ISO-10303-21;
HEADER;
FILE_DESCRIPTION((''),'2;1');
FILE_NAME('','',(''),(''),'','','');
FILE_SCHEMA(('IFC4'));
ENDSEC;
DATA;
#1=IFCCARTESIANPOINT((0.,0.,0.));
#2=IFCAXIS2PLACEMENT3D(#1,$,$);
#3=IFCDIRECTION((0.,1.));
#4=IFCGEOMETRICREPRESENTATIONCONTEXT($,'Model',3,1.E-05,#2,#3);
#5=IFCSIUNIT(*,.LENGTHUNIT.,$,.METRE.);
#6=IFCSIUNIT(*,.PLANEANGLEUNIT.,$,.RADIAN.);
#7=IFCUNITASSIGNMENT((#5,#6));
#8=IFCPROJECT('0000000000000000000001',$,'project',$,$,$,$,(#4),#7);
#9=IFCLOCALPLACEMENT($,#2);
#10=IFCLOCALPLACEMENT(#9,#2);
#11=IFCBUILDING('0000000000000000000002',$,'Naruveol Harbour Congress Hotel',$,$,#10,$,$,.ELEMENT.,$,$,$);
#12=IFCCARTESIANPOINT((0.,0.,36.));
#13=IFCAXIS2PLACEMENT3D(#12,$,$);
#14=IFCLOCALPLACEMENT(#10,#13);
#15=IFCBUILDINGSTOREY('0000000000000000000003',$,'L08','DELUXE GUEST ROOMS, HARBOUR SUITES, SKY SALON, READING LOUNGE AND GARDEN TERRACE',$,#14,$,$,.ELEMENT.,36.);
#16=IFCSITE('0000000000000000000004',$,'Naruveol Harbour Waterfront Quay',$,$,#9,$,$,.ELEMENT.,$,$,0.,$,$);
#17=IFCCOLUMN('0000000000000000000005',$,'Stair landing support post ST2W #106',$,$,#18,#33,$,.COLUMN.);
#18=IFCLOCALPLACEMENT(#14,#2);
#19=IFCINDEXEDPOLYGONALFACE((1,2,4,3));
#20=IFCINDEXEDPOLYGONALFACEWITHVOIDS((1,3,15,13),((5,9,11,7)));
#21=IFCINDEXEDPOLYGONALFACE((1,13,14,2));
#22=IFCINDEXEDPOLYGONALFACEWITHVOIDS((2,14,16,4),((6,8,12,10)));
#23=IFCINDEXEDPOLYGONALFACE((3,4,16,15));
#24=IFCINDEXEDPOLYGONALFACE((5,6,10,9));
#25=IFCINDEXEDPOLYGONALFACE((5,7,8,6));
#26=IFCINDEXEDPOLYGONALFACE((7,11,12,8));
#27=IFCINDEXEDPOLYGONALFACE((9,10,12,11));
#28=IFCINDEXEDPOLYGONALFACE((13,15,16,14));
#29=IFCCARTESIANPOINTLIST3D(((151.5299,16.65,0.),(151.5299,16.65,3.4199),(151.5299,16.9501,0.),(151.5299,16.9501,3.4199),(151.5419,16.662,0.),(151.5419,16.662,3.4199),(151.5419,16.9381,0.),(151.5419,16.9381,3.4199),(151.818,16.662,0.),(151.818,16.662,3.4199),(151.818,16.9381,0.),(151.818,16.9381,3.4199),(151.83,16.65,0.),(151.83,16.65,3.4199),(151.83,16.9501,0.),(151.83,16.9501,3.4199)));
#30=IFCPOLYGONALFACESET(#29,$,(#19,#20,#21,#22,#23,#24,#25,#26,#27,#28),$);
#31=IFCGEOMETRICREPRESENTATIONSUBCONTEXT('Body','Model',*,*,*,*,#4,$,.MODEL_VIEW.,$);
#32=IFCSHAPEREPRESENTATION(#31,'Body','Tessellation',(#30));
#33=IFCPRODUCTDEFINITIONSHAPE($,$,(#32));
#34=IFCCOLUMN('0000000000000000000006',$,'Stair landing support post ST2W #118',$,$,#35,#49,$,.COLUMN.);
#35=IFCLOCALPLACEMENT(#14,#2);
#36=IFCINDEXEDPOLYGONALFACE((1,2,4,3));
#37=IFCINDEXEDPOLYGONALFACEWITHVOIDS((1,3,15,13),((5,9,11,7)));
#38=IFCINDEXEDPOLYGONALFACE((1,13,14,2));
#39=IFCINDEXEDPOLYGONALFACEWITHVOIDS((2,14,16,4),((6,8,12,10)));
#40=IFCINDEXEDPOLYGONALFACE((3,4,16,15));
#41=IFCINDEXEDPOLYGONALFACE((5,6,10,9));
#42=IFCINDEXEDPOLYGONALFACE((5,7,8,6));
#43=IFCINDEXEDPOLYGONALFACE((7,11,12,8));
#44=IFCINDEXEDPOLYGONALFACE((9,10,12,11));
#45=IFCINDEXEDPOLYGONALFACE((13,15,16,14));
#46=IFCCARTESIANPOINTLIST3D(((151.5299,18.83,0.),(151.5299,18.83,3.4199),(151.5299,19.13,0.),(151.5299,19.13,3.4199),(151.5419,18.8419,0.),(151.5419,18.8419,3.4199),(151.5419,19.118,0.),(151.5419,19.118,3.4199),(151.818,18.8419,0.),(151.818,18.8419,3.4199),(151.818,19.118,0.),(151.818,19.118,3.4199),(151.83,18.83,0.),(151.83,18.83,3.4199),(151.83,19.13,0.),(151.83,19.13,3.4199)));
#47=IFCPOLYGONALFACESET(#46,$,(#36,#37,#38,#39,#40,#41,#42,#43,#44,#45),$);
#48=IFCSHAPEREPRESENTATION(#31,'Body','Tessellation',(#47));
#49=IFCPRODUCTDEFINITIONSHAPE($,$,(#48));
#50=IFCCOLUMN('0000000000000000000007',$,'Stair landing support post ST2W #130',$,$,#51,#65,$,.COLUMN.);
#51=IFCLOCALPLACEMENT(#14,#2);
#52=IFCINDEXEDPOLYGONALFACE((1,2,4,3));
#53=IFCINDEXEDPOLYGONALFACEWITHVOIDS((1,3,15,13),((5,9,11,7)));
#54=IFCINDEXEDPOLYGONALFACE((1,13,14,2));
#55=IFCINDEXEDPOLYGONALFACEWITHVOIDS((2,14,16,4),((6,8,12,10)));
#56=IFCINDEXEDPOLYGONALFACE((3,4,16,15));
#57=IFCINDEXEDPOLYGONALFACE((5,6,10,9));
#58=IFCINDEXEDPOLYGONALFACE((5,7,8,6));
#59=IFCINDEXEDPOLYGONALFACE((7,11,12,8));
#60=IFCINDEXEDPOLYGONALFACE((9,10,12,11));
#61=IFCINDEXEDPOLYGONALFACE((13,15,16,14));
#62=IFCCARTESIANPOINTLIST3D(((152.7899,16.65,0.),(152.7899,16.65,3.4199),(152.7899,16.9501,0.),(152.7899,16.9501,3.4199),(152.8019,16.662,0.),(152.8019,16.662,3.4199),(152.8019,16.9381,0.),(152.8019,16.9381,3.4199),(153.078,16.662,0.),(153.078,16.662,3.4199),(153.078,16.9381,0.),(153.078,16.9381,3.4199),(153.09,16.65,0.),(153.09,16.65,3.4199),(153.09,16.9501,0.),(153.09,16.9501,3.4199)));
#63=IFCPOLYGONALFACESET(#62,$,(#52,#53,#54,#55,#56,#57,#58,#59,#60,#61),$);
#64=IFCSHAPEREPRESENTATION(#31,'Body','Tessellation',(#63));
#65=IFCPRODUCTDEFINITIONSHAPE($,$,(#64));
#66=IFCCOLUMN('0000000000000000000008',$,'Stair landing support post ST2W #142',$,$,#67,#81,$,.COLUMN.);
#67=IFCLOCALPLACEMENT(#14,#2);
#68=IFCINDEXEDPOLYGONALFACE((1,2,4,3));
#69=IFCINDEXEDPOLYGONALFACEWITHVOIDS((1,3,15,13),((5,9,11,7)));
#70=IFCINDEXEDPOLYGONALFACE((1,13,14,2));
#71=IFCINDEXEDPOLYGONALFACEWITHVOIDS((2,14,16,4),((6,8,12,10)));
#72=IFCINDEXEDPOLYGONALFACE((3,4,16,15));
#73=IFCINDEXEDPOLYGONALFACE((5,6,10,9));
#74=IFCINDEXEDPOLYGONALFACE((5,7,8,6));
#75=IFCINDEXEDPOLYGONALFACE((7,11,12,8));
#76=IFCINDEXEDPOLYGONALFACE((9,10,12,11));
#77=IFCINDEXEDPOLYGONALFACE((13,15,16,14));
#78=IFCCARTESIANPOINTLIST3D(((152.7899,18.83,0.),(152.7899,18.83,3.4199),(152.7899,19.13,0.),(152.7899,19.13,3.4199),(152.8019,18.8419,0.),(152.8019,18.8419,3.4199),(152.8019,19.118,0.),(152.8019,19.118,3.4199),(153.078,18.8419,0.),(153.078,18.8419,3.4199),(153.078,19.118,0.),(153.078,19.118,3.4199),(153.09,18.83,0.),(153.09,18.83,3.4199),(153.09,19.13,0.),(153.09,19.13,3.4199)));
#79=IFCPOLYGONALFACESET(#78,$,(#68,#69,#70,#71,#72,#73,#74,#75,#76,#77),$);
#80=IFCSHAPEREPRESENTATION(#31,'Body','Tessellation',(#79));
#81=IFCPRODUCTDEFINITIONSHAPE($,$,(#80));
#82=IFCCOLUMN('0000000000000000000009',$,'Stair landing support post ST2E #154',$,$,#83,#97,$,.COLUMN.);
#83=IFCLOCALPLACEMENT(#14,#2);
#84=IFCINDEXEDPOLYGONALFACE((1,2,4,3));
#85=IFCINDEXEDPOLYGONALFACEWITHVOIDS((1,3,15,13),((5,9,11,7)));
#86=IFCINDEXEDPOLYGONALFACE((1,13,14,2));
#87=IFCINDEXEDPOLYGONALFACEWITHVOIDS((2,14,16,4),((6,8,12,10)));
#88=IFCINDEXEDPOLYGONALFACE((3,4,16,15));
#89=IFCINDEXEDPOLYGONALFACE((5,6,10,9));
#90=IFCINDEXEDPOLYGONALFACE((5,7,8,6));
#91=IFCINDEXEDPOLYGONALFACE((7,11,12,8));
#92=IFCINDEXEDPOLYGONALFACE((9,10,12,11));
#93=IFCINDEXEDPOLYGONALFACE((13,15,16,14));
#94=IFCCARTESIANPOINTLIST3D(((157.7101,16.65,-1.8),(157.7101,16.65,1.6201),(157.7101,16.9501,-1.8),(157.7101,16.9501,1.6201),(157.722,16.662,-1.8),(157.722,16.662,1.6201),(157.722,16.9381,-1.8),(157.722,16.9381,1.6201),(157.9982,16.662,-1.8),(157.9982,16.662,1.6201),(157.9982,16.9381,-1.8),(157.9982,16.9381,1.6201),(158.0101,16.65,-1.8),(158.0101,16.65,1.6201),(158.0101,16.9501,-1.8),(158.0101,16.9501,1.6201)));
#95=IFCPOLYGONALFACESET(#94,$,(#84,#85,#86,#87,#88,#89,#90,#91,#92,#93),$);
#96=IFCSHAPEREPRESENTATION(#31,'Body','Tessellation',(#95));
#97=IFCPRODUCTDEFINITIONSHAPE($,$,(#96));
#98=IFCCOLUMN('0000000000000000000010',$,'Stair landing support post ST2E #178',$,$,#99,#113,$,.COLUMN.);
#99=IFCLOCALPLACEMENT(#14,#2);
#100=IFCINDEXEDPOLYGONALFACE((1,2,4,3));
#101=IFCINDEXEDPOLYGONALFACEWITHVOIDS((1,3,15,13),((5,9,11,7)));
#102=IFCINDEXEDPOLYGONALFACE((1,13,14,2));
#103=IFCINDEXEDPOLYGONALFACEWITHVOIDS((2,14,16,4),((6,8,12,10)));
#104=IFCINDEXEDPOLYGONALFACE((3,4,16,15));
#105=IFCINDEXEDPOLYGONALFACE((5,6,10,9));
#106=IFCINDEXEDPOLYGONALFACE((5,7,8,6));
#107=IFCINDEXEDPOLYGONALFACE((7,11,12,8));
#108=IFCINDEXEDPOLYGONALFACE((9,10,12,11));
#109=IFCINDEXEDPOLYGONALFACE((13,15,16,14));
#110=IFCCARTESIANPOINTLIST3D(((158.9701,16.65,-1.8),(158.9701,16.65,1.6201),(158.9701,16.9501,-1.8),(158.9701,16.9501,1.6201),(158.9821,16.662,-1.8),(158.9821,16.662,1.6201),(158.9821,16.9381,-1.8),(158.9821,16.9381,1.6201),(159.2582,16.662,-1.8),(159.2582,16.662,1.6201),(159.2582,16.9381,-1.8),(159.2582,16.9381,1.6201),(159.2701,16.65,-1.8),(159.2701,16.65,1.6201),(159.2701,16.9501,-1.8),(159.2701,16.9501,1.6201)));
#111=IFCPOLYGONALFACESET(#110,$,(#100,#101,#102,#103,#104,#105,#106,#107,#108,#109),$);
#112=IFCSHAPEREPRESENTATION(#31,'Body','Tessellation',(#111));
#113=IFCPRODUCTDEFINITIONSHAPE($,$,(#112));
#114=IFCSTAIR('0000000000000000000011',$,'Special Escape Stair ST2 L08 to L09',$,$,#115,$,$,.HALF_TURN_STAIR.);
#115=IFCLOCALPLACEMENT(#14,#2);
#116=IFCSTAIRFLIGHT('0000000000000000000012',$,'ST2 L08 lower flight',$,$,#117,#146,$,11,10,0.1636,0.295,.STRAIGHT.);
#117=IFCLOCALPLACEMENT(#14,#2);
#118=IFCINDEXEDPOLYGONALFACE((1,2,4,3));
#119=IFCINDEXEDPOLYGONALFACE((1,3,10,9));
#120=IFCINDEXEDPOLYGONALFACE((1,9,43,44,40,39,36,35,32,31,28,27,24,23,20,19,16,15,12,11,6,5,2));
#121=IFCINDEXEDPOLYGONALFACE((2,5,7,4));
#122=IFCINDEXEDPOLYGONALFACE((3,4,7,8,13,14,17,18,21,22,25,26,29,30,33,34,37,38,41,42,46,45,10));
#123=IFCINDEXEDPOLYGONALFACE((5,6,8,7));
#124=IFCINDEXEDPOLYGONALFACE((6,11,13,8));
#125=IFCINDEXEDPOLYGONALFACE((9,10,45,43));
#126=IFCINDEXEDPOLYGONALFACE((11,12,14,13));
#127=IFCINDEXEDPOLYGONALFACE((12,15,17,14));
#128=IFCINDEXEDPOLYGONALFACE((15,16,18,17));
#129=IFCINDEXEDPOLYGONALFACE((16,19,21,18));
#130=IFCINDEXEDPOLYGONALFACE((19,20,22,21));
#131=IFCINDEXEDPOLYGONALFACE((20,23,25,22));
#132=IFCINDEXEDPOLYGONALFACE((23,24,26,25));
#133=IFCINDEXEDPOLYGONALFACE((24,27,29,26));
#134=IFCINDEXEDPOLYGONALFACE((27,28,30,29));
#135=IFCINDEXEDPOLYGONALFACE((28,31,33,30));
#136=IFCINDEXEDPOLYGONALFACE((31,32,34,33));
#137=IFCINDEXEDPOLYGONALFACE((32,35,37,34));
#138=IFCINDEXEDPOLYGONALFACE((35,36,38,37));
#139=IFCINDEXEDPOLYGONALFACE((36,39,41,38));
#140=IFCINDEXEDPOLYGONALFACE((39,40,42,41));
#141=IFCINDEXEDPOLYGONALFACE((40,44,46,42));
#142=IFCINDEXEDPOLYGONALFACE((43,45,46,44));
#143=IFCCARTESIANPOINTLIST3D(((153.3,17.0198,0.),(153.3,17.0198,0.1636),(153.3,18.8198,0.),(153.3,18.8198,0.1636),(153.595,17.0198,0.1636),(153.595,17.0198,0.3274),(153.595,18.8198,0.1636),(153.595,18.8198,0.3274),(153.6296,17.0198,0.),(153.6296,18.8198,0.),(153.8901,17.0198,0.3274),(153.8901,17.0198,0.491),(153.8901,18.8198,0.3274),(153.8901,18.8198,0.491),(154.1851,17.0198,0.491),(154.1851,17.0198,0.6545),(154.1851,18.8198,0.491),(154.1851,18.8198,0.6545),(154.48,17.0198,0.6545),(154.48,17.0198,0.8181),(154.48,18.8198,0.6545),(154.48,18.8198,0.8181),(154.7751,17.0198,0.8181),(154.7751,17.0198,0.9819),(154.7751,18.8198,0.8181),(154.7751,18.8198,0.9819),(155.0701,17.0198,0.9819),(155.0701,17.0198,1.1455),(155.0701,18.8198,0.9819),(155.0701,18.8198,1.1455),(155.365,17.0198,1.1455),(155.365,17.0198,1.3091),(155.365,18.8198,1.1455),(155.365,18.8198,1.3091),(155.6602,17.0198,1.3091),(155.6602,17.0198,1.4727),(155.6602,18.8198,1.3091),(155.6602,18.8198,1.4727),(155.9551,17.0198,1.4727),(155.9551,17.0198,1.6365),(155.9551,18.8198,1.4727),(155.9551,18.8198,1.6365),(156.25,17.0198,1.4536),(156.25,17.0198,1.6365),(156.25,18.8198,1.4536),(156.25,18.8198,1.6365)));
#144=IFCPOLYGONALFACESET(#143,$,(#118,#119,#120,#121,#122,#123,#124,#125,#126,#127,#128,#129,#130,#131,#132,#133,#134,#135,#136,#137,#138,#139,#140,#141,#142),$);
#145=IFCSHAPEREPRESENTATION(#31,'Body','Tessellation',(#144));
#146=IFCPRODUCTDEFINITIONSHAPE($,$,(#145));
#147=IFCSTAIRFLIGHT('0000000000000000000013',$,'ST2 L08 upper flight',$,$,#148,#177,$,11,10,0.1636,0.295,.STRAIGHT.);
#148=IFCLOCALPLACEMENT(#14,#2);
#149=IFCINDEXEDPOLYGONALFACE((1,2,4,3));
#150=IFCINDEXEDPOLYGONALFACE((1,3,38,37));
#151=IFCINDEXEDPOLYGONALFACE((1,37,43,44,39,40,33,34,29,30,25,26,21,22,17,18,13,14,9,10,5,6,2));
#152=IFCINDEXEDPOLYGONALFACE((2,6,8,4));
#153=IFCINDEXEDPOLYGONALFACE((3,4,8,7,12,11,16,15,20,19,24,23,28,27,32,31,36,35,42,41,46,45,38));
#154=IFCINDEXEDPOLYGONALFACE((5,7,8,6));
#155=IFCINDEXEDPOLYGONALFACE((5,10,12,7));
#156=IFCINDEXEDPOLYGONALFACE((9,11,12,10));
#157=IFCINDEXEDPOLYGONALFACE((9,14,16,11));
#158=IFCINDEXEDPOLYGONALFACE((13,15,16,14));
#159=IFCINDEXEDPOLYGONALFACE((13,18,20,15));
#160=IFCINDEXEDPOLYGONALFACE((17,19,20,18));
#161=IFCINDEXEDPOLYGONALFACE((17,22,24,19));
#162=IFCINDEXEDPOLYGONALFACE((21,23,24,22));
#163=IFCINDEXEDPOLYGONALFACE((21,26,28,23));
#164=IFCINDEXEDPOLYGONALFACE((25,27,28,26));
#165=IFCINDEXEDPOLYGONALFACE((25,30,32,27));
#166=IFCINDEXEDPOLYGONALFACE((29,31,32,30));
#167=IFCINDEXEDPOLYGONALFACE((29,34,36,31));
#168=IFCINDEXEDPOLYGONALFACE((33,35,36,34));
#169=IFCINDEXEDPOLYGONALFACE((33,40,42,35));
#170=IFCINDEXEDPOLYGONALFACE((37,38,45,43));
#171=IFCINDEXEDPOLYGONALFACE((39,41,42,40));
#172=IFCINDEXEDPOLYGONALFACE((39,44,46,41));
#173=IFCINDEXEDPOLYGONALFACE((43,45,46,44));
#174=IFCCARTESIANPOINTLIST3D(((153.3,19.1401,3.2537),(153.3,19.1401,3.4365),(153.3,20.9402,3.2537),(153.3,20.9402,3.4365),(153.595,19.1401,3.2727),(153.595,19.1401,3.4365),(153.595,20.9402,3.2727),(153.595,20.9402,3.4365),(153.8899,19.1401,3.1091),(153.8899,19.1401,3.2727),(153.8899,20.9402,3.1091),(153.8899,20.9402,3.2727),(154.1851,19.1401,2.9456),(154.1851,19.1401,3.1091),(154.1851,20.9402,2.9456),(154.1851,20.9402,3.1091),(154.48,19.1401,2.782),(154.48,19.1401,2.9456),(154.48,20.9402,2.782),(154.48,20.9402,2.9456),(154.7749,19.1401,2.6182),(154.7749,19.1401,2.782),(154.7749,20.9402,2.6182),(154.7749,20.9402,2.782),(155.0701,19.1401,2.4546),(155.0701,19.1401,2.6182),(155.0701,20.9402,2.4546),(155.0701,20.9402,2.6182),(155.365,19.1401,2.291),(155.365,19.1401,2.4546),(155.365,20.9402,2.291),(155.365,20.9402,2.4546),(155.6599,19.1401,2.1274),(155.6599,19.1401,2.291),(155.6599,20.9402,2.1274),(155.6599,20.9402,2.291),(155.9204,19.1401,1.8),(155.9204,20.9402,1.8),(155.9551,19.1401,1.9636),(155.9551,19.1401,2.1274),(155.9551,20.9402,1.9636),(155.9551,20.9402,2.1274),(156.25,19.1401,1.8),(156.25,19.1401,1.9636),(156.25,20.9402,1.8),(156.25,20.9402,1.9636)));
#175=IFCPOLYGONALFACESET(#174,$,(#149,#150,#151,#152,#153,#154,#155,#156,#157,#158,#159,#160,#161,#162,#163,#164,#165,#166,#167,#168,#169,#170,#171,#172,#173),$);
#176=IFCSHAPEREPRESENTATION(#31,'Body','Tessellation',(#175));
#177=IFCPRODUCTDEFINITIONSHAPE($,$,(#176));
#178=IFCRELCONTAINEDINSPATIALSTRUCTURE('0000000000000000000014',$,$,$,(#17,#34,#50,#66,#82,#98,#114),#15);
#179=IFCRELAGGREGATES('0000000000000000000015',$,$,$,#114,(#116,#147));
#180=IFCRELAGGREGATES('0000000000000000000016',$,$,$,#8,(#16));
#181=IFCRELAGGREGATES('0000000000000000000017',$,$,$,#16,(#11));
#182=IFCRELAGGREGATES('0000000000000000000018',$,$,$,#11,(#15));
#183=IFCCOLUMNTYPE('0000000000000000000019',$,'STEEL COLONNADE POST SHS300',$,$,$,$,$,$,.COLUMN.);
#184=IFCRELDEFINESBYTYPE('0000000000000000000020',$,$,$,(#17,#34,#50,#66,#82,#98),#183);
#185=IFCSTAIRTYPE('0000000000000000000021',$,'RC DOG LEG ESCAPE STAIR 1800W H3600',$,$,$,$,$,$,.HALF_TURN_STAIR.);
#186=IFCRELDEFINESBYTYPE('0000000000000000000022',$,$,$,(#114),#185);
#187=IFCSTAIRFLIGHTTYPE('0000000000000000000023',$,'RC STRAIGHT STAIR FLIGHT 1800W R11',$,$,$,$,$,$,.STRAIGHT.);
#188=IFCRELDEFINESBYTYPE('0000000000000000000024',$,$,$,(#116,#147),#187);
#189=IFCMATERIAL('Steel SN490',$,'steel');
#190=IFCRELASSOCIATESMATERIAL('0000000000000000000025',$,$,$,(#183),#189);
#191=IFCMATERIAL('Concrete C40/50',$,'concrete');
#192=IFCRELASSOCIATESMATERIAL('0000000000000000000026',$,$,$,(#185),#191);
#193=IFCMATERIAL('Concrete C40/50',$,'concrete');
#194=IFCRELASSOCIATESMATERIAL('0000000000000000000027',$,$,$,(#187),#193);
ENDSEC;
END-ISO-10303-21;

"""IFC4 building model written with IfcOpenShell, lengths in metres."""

from ifc_helpers import new_model, si_unit, direction, frame, origin, origin_2d, place, context, subcontext, project, spatial, polyline, hollow_rectangle, outline, extrude, material, material_profile, profile_set, type_object, element, aggregate, save


model = new_model("IFC4")

# Units and contexts
model_context = context("Model", 3, precision=1e-05, world=origin(), true_north=direction((0.0, 1.0)))
body_context = subcontext(model_context, "Body", "Model", "MODEL_VIEW")
ifc_project = project(units=[si_unit("LENGTHUNIT", "METRE"), si_unit("PLANEANGLEUNIT", "RADIAN")], contexts=[model_context])

# Site, building, storey
site_placement = place(None, origin())
site = spatial("IfcSite", under=ifc_project, at=site_placement, Name="Naruveol Harbour Waterfront Quay", CompositionType="ELEMENT", RefElevation=0.0)
building_placement = place(site_placement, origin())
building = spatial("IfcBuilding", under=site, at=building_placement, Name="Naruveol Harbour Congress Hotel", CompositionType="ELEMENT")
storey_placement = place(building_placement, frame((0.0, 0.0, 36.0)))
storey = spatial("IfcBuildingStorey", under=building, at=storey_placement, Name="L08", Description="DELUXE GUEST ROOMS, HARBOUR SUITES, SKY SALON, READING LOUNGE AND GARDEN TERRACE", CompositionType="ELEMENT", Elevation=36.0)

# Columns
ifc_material_1 = material(Name="Steel SN490", Category="steel")
ifc_material_profile = material_profile(ifc_material_1, hollow_rectangle(XDim=0.3, YDim=0.3, WallThickness=0.012, at=origin_2d()), Name="SHS-300x300x12")
ifc_profile_set = profile_set([ifc_material_profile], Name="Steel SN490")
column_type = type_object("IfcColumnType", Name="STEEL COLONNADE POST SHS300", PredefinedType="COLUMN", material=ifc_profile_set)
for number, where, z_axis, x_axis, name in (
    (1, (151.6799, 16.8, 0.0), (0.0, 0.0, 1.0), (1.0, 0.0, 0.0), "Stair landing support post ST2W #106"),
    (2, (151.6799, 18.98, 0.0), (0.0, 0.0, 1.0), (1.0, 0.0, 0.0), "Stair landing support post ST2W #118"),
    (3, (152.9399, 16.8, 0.0), (0.0, 0.0, 1.0), (1.0, 0.0, 0.0), "Stair landing support post ST2W #130"),
    (4, (152.9399, 18.98, 0.0), (0.0, 0.0, 1.0), (1.0, 0.0, 0.0), "Stair landing support post ST2W #142"),
):
    element("IfcColumn", number, at=place(storey_placement, frame(where, z_axis=z_axis, x_axis=x_axis)), inside=storey, type_object=column_type, Name=name, PredefinedType="COLUMN", context=body_context, shape_type="SweptSolid", body=[
        extrude(hollow_rectangle(XDim=0.3, YDim=0.3, WallThickness=0.012, at=origin_2d()), origin(), (0.0, 0.0, 1.0), 3.4199),
    ])
for number, where, z_axis, x_axis, name in (
    (5, (157.8601, 16.8, -1.8), (0.0, 0.0, 1.0), (1.0, 0.0, 0.0), "Stair landing support post ST2E #154"),
    (6, (159.1201, 16.8, -1.8), (0.0, 0.0, 1.0), (1.0, 0.0, 0.0), "Stair landing support post ST2E #178"),
):
    element("IfcColumn", number, at=place(storey_placement, frame(where, z_axis=z_axis, x_axis=x_axis)), inside=storey, type_object=column_type, Name=name, PredefinedType="COLUMN", context=body_context, shape_type="SweptSolid", body=[
        extrude(hollow_rectangle(XDim=0.3, YDim=0.3, WallThickness=0.012, at=origin_2d()), origin(), (0.0, 0.0, 1.0), 3.4202),
    ])

# Stair, stair flights
ifc_material_2 = material(Name="Concrete C40/50", Category="concrete")
stair_type = type_object("IfcStairType", Name="RC DOG LEG ESCAPE STAIR 1800W H3600", PredefinedType="HALF_TURN_STAIR", material=ifc_material_2)
stair_placement = place(storey_placement, origin())
stair = element("IfcStair", 7, at=stair_placement, inside=storey, type_object=stair_type, Name="Special Escape Stair ST2 L08 to L09", PredefinedType="HALF_TURN_STAIR")
ifc_material_3 = material(Name="Concrete C40/50", Category="concrete")
stair_flight_type = type_object("IfcStairFlightType", Name="RC STRAIGHT STAIR FLIGHT 1800W R11", PredefinedType="STRAIGHT", material=ifc_material_3)
stair_flight_1_placement = place(storey_placement, frame((153.3, 17.9199, 0.0), z_axis=(0.0, 0.0, 1.0), x_axis=(1.0, 0.0, 0.0)))
stair_flight_1 = element("IfcStairFlight", 8, at=stair_flight_1_placement, type_object=stair_flight_type, Name="ST2 L08 lower flight", NumberOfRisers=11, NumberOfTreads=10, PredefinedType="STRAIGHT", RiserHeight=0.1636, TreadLength=0.295, context=body_context, shape_type="SweptSolid", body=[
    extrude(outline(polyline([(0.0, 0.0), (0.0, 0.1636), (0.2949, 0.1636), (0.2949, 0.3274), (0.5901, 0.3274), (0.5901, 0.491), (0.885, 0.491), (0.885, 0.6545), (1.1799, 0.6545), (1.1799, 0.8181), (1.4751, 0.8181), (1.4751, 0.9819), (1.77, 0.9819), (1.77, 1.1455), (2.0649, 1.1455), (2.0649, 1.3091), (2.3601, 1.3091), (2.3601, 1.4727), (2.655, 1.4727), (2.655, 1.6365), (2.95, 1.6365), (2.95, 1.8), (2.95, 1.4536), (0.3296, 0.0), (0.0, 0.0)])), frame((0.0, 0.8999, 0.0), z_axis=(0.0, -1.0, 0.0), x_axis=(1.0, 0.0, 0.0)), (0.0, 0.0, 1.0), 1.8),
])
stair_flight_2_placement = place(storey_placement, frame((156.25, 20.04, 1.8), z_axis=(0.0, 0.0, 1.0), x_axis=(-1.0, 0.0, 0.0)))
stair_flight_2 = element("IfcStairFlight", 9, at=stair_flight_2_placement, type_object=stair_flight_type, Name="ST2 L08 upper flight", NumberOfRisers=11, NumberOfTreads=10, PredefinedType="STRAIGHT", RiserHeight=0.1636, TreadLength=0.295, context=body_context, shape_type="SweptSolid", body=[
    extrude(outline(polyline([(0.0, 0.0), (0.0, 0.1636), (0.2949, 0.1636), (0.2949, 0.3274), (0.5901, 0.3274), (0.5901, 0.491), (0.885, 0.491), (0.885, 0.6545), (1.1799, 0.6545), (1.1799, 0.8181), (1.4751, 0.8181), (1.4751, 0.9819), (1.77, 0.9819), (1.77, 1.1455), (2.0649, 1.1455), (2.0649, 1.3091), (2.3601, 1.3091), (2.3601, 1.4727), (2.655, 1.4727), (2.655, 1.6365), (2.95, 1.6365), (2.95, 1.8), (2.95, 1.4536), (0.3296, 0.0), (0.0, 0.0)])), frame((0.0, 0.8999, 0.0), z_axis=(0.0, -1.0, 0.0), x_axis=(1.0, 0.0, 0.0)), (0.0, 0.0, 1.0), 1.8),
])
aggregate(stair, [stair_flight_1, stair_flight_2])

save(model, "model.ifc")
